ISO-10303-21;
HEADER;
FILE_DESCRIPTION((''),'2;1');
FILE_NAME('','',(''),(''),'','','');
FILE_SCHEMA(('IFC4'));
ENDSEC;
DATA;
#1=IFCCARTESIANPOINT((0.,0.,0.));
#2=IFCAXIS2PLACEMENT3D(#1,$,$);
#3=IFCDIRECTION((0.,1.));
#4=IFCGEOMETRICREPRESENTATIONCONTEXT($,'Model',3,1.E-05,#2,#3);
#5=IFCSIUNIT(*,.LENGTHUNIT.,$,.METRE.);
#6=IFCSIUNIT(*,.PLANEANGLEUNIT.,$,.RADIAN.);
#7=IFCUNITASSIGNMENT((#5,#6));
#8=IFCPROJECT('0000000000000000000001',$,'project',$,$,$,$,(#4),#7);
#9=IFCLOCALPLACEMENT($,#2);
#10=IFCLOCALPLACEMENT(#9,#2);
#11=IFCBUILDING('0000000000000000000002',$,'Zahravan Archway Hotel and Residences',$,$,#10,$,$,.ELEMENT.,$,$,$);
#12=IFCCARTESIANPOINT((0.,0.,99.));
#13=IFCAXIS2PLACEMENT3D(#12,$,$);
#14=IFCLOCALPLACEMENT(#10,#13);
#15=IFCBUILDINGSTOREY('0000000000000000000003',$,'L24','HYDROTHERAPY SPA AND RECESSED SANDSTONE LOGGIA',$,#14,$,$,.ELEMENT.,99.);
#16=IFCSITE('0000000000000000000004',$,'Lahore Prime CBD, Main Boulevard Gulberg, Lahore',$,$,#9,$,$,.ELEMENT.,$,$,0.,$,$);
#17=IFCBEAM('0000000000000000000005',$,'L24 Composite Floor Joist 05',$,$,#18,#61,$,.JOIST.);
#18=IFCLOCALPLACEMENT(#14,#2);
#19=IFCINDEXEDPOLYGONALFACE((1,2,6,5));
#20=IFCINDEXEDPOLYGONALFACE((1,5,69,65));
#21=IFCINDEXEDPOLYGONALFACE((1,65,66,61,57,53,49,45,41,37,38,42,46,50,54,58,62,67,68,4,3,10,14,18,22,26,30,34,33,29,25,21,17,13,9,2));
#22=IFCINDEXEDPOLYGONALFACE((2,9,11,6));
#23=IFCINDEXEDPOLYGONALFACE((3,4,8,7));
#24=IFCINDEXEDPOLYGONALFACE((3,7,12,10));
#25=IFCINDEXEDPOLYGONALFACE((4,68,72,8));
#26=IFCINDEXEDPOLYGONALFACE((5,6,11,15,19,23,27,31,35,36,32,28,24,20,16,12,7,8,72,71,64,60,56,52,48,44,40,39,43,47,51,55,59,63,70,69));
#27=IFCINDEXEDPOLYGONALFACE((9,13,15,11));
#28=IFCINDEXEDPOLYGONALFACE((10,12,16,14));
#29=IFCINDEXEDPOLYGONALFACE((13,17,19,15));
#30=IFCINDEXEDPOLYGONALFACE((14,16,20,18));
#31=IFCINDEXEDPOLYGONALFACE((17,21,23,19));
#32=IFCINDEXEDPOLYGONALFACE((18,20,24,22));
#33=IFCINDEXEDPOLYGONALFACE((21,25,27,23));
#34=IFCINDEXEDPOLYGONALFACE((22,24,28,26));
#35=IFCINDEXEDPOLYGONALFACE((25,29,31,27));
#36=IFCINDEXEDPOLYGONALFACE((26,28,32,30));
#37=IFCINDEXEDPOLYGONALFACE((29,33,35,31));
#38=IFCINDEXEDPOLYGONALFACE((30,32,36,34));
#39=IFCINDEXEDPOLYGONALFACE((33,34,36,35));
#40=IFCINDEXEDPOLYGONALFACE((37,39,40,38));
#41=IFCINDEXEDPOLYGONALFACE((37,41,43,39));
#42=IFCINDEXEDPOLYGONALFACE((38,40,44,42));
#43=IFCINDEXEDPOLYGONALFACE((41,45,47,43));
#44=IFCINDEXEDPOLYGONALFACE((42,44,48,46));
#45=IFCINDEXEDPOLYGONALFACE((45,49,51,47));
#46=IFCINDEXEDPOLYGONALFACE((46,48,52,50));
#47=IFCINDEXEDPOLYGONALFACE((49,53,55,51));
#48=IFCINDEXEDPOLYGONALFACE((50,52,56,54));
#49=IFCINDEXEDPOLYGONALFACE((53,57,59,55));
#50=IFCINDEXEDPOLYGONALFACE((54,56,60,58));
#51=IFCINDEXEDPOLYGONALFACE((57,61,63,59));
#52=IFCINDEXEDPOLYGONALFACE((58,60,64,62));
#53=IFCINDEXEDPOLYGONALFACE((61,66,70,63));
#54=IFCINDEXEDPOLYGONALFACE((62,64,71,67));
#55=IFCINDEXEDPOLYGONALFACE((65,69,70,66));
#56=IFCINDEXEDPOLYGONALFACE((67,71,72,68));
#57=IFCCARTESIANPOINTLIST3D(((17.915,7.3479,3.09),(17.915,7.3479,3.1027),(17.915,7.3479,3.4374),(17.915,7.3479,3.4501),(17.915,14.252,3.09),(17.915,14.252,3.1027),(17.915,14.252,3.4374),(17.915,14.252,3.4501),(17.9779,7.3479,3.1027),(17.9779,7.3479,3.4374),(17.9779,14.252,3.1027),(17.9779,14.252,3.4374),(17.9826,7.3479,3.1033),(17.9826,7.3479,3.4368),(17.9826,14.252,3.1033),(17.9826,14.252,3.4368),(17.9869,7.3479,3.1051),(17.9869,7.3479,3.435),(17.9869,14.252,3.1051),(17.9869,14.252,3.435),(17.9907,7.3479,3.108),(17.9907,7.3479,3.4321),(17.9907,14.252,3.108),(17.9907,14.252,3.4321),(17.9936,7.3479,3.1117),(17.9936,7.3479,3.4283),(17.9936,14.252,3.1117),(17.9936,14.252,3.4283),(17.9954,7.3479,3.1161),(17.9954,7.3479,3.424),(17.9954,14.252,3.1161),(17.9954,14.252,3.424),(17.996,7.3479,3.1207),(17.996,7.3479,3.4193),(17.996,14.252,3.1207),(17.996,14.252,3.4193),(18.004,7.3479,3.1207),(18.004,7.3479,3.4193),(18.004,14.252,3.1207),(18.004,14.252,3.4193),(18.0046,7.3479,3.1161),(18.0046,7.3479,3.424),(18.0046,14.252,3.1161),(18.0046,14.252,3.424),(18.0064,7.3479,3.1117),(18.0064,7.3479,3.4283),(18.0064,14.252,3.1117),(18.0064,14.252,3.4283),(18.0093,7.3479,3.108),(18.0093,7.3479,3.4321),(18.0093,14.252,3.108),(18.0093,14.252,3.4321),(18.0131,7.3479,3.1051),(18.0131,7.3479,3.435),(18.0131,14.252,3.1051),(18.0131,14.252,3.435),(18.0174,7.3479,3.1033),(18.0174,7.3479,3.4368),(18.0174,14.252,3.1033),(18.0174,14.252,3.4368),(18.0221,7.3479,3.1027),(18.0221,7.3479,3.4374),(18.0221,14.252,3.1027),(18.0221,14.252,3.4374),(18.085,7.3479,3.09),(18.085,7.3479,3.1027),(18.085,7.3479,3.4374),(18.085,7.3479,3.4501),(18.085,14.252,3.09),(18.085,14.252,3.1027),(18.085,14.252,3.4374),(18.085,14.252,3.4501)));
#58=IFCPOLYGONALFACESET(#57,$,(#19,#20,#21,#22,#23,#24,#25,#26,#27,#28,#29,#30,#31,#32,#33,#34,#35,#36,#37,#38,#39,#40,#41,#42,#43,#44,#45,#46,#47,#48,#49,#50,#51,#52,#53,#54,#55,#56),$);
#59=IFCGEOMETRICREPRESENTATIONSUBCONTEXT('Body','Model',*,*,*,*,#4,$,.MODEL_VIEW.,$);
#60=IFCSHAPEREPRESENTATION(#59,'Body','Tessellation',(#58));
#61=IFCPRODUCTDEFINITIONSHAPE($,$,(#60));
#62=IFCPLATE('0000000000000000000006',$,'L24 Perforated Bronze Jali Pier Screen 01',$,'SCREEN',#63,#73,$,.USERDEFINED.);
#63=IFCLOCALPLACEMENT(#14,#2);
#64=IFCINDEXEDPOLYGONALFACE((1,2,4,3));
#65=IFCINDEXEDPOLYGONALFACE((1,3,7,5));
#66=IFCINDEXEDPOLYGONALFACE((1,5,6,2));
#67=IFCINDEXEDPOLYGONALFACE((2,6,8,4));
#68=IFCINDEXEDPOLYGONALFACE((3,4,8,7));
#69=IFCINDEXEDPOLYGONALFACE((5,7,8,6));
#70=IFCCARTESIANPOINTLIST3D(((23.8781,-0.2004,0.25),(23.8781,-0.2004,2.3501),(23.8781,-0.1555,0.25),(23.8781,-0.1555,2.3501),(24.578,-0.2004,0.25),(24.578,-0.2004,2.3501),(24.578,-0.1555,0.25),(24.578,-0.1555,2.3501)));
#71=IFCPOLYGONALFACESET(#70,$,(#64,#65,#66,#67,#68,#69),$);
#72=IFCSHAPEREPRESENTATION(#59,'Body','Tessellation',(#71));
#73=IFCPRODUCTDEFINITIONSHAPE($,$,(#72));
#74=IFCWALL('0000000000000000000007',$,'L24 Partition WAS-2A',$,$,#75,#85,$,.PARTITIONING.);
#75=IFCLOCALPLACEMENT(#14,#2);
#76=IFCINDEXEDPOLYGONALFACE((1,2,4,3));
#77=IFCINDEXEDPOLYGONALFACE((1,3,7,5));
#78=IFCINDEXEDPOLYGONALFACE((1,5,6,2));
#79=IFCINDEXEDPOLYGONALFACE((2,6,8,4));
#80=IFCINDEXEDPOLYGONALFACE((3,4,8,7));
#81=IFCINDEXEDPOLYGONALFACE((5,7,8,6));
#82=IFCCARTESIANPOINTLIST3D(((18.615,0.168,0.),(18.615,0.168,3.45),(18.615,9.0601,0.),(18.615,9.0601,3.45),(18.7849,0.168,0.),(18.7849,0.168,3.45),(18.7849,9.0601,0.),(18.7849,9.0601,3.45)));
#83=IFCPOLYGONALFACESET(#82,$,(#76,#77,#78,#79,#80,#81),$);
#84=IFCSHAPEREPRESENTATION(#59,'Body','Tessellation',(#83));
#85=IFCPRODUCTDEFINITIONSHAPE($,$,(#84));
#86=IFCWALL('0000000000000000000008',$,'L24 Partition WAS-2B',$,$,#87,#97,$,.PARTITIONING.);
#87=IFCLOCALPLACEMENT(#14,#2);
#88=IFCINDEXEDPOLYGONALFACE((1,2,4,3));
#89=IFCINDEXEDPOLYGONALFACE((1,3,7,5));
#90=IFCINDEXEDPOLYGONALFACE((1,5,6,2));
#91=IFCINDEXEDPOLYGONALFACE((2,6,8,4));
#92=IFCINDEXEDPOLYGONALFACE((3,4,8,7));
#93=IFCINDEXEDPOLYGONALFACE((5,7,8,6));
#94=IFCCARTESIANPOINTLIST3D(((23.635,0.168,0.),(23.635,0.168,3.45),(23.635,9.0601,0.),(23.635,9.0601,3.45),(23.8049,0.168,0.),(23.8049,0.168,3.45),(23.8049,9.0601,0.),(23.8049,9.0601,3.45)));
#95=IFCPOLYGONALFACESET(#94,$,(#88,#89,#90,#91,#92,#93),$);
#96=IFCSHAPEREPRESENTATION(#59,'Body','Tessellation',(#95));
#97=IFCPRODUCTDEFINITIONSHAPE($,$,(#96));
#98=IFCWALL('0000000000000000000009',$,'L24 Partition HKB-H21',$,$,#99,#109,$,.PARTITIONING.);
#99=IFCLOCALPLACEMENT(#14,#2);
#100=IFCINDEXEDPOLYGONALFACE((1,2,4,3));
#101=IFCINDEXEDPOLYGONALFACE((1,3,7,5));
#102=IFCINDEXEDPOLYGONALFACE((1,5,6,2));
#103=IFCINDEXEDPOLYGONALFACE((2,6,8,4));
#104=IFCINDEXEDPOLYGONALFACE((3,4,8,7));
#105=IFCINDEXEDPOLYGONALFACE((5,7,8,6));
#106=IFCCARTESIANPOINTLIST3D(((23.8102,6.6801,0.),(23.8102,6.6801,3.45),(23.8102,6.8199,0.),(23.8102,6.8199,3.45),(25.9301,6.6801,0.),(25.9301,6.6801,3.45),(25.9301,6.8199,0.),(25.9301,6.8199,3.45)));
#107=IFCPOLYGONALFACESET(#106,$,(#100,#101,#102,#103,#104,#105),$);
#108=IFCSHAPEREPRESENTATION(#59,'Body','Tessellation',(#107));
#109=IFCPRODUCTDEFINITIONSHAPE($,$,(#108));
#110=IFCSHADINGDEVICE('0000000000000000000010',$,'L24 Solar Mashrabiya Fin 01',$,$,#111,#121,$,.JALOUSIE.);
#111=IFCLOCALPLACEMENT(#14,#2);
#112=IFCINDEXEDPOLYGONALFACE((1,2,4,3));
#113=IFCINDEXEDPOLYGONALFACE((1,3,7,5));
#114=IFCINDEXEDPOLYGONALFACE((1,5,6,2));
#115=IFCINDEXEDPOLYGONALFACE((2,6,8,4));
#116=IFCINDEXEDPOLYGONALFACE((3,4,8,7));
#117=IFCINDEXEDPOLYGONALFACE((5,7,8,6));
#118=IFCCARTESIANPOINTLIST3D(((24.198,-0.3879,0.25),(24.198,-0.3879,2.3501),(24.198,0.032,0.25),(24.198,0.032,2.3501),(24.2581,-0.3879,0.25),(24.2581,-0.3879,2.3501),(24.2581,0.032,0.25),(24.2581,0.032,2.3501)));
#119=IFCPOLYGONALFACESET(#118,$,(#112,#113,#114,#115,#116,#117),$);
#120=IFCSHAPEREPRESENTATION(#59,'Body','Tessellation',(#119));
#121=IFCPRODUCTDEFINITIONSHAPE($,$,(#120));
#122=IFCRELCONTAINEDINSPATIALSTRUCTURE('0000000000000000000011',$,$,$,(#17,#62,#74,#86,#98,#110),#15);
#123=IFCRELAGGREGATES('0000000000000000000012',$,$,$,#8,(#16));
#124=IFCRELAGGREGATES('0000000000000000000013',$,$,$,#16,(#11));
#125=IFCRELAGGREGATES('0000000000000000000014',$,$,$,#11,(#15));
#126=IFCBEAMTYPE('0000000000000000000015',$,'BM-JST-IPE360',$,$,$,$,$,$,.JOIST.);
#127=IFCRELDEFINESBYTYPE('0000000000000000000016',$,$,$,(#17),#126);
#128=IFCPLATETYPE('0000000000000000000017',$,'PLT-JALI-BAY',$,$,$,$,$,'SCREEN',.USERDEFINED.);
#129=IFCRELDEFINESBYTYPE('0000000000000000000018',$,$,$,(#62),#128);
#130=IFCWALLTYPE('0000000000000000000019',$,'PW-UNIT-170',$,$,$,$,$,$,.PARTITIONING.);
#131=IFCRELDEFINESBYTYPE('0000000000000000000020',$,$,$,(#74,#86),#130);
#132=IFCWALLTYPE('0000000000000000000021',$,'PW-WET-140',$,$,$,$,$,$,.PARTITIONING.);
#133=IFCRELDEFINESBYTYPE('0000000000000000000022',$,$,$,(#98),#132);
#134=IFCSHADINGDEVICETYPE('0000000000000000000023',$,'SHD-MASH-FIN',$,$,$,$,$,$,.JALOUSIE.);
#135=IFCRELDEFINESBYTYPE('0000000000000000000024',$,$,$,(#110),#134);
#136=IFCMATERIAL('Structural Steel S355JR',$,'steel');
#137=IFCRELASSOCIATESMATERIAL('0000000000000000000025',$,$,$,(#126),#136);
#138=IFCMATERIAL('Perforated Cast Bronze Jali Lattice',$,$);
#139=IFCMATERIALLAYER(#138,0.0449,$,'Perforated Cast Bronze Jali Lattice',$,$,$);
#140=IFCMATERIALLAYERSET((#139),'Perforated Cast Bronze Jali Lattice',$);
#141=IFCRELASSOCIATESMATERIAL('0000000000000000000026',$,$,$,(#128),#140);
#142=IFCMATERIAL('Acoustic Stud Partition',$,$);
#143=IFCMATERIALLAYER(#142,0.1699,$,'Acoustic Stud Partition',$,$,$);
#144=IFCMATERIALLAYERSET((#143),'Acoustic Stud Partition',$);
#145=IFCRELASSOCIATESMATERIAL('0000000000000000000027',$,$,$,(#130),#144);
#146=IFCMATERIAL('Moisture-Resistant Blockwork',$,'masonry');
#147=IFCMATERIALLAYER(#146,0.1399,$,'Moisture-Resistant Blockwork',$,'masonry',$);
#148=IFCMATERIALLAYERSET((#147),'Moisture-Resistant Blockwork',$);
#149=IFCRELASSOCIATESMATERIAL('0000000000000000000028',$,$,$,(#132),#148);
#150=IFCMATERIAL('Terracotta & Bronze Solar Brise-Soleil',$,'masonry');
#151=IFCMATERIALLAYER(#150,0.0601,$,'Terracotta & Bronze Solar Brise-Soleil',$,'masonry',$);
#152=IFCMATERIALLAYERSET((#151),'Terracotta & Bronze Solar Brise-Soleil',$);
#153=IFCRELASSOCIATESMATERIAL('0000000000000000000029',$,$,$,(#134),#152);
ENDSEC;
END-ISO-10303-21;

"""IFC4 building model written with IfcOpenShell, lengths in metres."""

from ifc_helpers import new_model, si_unit, direction, frame, frame_2d, origin, origin_2d, place, context, subcontext, project, spatial, rectangle, i_section, extrude, source, transform, mapped, material, layer, layer_set, material_profile, profile_set, type_object, type_shapes, element, save


model = new_model("IFC4")

# Units and contexts
model_context = context("Model", 3, precision=1e-05, world=origin(), true_north=direction((0.0, 1.0)))
body_context = subcontext(model_context, "Body", "Model", "MODEL_VIEW")
ifc_project = project(units=[si_unit("LENGTHUNIT", "METRE"), si_unit("PLANEANGLEUNIT", "RADIAN")], contexts=[model_context])

# Site, building, storey
site_placement = place(None, origin())
site = spatial("IfcSite", under=ifc_project, at=site_placement, Name="Lahore Prime CBD, Main Boulevard Gulberg, Lahore", CompositionType="ELEMENT", RefElevation=0.0)
building_placement = place(site_placement, origin())
building = spatial("IfcBuilding", under=site, at=building_placement, Name="Zahravan Archway Hotel and Residences", CompositionType="ELEMENT")
storey_placement = place(building_placement, frame((0.0, 0.0, 99.0)))
storey = spatial("IfcBuildingStorey", under=building, at=storey_placement, Name="L24", Description="HYDROTHERAPY SPA AND RECESSED SANDSTONE LOGGIA", CompositionType="ELEMENT", Elevation=99.0)

# Beam
ifc_material_1 = material(Name="Structural Steel S355JR", Category="steel")
ifc_material_profile_1 = material_profile(ifc_material_1, i_section(OverallWidth=0.1699, OverallDepth=0.3601, WebThickness=0.0081, FlangeThickness=0.0127, FilletRadius=0.0181, at=origin_2d()), Name="IPE 360", Category="steel")
ifc_profile_set_1 = profile_set([ifc_material_profile_1], Name="Structural Steel S355JR")
beam_type_1 = type_object("IfcBeamType", Name="BM-JST-IPE360", PredefinedType="JOIST", material=ifc_profile_set_1)
shared_shape_1 = source(origin(), body_context, "Body", "SweptSolid", [
    extrude(i_section(OverallWidth=0.1699, OverallDepth=0.3601, WebThickness=0.0081, FlangeThickness=0.0127, FilletRadius=0.0181, at=origin_2d()), origin(), (0.0, 0.0, 1.0), 6.9041),
])
type_shapes(beam_type_1, [shared_shape_1])
for number, where, z_axis, x_axis, name in (
    (1, (18.0, 7.3479, 3.27), (0.0, 1.0, 0.0), (-1.0, 0.0, 0.0), "L24 Composite Floor Joist 05"),
):
    element("IfcBeam", number, at=place(storey_placement, frame(where, z_axis=z_axis, x_axis=x_axis)), inside=storey, type_object=beam_type_1, Name=name, PredefinedType="JOIST", context=body_context, shape_type="MappedRepresentation", body=[
        mapped(shared_shape_1, transform((0.0, 0.0, 0.0), scale=1.0)),
    ])

# Plate
ifc_material_2 = material(Name="Perforated Cast Bronze Jali Lattice")
ifc_layer_1 = layer(ifc_material_2, 0.0449, Name="Perforated Cast Bronze Jali Lattice")
ifc_layer_set_1 = layer_set([ifc_layer_1], Name="Perforated Cast Bronze Jali Lattice")
plate_type = type_object("IfcPlateType", Name="PLT-JALI-BAY", ElementType="SCREEN", PredefinedType="USERDEFINED", material=ifc_layer_set_1)
shared_shape_2 = source(origin(), body_context, "Body", "SweptSolid", [
    extrude(rectangle(XDim=0.7, YDim=0.0449, at=origin_2d()), origin(), (0.0, 0.0, 1.0), 2.1001),
])
type_shapes(plate_type, [shared_shape_2])
plate_placement = place(storey_placement, frame((24.228, -0.178, 0.25), z_axis=(0.0, 0.0, 1.0), x_axis=(1.0, 0.0, 0.0)))
element("IfcPlate", 2, at=plate_placement, inside=storey, type_object=plate_type, Name="L24 Perforated Bronze Jali Pier Screen 01", ObjectType="SCREEN", PredefinedType="USERDEFINED", context=body_context, shape_type="MappedRepresentation", body=[
    mapped(shared_shape_2, transform((0.0, 0.0, 0.0), scale=1.0)),
])

# Walls
ifc_material_3 = material(Name="Acoustic Stud Partition")
ifc_layer_2 = layer(ifc_material_3, 0.1699, Name="Acoustic Stud Partition")
ifc_layer_set_2 = layer_set([ifc_layer_2], Name="Acoustic Stud Partition")
wall_type_1 = type_object("IfcWallType", Name="PW-UNIT-170", PredefinedType="PARTITIONING", material=ifc_layer_set_2)
for number, where, z_axis, x_axis, name in (
    (3, (18.7, 0.168, 0.0), (0.0, 0.0, 1.0), (0.0, 1.0, 0.0), "L24 Partition WAS-2A"),
    (4, (23.72, 0.168, 0.0), (0.0, 0.0, 1.0), (0.0, 1.0, 0.0), "L24 Partition WAS-2B"),
):
    element("IfcWall", number, at=place(storey_placement, frame(where, z_axis=z_axis, x_axis=x_axis)), inside=storey, type_object=wall_type_1, Name=name, PredefinedType="PARTITIONING", context=body_context, shape_type="SweptSolid", body=[
        extrude(rectangle(XDim=8.8921, YDim=0.1699, at=frame_2d((4.446, 0.0))), origin(), (0.0, 0.0, 1.0), 3.45),
    ])
ifc_material_4 = material(Name="Moisture-Resistant Blockwork", Category="masonry")
ifc_layer_3 = layer(ifc_material_4, 0.1399, Name="Moisture-Resistant Blockwork", Category="masonry")
ifc_layer_set_3 = layer_set([ifc_layer_3], Name="Moisture-Resistant Blockwork")
wall_type_2 = type_object("IfcWallType", Name="PW-WET-140", PredefinedType="PARTITIONING", material=ifc_layer_set_3)
wall_placement = place(storey_placement, frame((23.8101, 6.75, 0.0), z_axis=(0.0, 0.0, 1.0), x_axis=(1.0, 0.0, 0.0)))
element("IfcWall", 5, at=wall_placement, inside=storey, type_object=wall_type_2, Name="L24 Partition HKB-H21", PredefinedType="PARTITIONING", context=body_context, shape_type="SweptSolid", body=[
    extrude(rectangle(XDim=2.1199, YDim=0.1399, at=frame_2d((1.0601, 0.0))), origin(), (0.0, 0.0, 1.0), 3.45),
])

# Shading device
ifc_material_5 = material(Name="Terracotta & Bronze Solar Brise-Soleil", Category="masonry")
ifc_layer_4 = layer(ifc_material_5, 0.0601, Name="Terracotta & Bronze Solar Brise-Soleil", Category="masonry")
ifc_layer_set_4 = layer_set([ifc_layer_4], Name="Terracotta & Bronze Solar Brise-Soleil")
shading_device_type = type_object("IfcShadingDeviceType", Name="SHD-MASH-FIN", PredefinedType="JALOUSIE", material=ifc_layer_set_4)
shared_shape_3 = source(origin(), body_context, "Body", "SweptSolid", [
    extrude(rectangle(XDim=0.0601, YDim=0.4199, at=origin_2d()), origin(), (0.0, 0.0, 1.0), 2.1001),
])
type_shapes(shading_device_type, [shared_shape_3])
shading_device_placement = place(storey_placement, frame((24.228, -0.178, 0.25), z_axis=(0.0, 0.0, 1.0), x_axis=(1.0, 0.0, 0.0)))
element("IfcShadingDevice", 6, at=shading_device_placement, inside=storey, type_object=shading_device_type, Name="L24 Solar Mashrabiya Fin 01", PredefinedType="JALOUSIE", context=body_context, shape_type="MappedRepresentation", body=[
    mapped(shared_shape_3, transform((0.0, 0.0, 0.0), scale=1.0)),
])

save(model, "model.ifc")
